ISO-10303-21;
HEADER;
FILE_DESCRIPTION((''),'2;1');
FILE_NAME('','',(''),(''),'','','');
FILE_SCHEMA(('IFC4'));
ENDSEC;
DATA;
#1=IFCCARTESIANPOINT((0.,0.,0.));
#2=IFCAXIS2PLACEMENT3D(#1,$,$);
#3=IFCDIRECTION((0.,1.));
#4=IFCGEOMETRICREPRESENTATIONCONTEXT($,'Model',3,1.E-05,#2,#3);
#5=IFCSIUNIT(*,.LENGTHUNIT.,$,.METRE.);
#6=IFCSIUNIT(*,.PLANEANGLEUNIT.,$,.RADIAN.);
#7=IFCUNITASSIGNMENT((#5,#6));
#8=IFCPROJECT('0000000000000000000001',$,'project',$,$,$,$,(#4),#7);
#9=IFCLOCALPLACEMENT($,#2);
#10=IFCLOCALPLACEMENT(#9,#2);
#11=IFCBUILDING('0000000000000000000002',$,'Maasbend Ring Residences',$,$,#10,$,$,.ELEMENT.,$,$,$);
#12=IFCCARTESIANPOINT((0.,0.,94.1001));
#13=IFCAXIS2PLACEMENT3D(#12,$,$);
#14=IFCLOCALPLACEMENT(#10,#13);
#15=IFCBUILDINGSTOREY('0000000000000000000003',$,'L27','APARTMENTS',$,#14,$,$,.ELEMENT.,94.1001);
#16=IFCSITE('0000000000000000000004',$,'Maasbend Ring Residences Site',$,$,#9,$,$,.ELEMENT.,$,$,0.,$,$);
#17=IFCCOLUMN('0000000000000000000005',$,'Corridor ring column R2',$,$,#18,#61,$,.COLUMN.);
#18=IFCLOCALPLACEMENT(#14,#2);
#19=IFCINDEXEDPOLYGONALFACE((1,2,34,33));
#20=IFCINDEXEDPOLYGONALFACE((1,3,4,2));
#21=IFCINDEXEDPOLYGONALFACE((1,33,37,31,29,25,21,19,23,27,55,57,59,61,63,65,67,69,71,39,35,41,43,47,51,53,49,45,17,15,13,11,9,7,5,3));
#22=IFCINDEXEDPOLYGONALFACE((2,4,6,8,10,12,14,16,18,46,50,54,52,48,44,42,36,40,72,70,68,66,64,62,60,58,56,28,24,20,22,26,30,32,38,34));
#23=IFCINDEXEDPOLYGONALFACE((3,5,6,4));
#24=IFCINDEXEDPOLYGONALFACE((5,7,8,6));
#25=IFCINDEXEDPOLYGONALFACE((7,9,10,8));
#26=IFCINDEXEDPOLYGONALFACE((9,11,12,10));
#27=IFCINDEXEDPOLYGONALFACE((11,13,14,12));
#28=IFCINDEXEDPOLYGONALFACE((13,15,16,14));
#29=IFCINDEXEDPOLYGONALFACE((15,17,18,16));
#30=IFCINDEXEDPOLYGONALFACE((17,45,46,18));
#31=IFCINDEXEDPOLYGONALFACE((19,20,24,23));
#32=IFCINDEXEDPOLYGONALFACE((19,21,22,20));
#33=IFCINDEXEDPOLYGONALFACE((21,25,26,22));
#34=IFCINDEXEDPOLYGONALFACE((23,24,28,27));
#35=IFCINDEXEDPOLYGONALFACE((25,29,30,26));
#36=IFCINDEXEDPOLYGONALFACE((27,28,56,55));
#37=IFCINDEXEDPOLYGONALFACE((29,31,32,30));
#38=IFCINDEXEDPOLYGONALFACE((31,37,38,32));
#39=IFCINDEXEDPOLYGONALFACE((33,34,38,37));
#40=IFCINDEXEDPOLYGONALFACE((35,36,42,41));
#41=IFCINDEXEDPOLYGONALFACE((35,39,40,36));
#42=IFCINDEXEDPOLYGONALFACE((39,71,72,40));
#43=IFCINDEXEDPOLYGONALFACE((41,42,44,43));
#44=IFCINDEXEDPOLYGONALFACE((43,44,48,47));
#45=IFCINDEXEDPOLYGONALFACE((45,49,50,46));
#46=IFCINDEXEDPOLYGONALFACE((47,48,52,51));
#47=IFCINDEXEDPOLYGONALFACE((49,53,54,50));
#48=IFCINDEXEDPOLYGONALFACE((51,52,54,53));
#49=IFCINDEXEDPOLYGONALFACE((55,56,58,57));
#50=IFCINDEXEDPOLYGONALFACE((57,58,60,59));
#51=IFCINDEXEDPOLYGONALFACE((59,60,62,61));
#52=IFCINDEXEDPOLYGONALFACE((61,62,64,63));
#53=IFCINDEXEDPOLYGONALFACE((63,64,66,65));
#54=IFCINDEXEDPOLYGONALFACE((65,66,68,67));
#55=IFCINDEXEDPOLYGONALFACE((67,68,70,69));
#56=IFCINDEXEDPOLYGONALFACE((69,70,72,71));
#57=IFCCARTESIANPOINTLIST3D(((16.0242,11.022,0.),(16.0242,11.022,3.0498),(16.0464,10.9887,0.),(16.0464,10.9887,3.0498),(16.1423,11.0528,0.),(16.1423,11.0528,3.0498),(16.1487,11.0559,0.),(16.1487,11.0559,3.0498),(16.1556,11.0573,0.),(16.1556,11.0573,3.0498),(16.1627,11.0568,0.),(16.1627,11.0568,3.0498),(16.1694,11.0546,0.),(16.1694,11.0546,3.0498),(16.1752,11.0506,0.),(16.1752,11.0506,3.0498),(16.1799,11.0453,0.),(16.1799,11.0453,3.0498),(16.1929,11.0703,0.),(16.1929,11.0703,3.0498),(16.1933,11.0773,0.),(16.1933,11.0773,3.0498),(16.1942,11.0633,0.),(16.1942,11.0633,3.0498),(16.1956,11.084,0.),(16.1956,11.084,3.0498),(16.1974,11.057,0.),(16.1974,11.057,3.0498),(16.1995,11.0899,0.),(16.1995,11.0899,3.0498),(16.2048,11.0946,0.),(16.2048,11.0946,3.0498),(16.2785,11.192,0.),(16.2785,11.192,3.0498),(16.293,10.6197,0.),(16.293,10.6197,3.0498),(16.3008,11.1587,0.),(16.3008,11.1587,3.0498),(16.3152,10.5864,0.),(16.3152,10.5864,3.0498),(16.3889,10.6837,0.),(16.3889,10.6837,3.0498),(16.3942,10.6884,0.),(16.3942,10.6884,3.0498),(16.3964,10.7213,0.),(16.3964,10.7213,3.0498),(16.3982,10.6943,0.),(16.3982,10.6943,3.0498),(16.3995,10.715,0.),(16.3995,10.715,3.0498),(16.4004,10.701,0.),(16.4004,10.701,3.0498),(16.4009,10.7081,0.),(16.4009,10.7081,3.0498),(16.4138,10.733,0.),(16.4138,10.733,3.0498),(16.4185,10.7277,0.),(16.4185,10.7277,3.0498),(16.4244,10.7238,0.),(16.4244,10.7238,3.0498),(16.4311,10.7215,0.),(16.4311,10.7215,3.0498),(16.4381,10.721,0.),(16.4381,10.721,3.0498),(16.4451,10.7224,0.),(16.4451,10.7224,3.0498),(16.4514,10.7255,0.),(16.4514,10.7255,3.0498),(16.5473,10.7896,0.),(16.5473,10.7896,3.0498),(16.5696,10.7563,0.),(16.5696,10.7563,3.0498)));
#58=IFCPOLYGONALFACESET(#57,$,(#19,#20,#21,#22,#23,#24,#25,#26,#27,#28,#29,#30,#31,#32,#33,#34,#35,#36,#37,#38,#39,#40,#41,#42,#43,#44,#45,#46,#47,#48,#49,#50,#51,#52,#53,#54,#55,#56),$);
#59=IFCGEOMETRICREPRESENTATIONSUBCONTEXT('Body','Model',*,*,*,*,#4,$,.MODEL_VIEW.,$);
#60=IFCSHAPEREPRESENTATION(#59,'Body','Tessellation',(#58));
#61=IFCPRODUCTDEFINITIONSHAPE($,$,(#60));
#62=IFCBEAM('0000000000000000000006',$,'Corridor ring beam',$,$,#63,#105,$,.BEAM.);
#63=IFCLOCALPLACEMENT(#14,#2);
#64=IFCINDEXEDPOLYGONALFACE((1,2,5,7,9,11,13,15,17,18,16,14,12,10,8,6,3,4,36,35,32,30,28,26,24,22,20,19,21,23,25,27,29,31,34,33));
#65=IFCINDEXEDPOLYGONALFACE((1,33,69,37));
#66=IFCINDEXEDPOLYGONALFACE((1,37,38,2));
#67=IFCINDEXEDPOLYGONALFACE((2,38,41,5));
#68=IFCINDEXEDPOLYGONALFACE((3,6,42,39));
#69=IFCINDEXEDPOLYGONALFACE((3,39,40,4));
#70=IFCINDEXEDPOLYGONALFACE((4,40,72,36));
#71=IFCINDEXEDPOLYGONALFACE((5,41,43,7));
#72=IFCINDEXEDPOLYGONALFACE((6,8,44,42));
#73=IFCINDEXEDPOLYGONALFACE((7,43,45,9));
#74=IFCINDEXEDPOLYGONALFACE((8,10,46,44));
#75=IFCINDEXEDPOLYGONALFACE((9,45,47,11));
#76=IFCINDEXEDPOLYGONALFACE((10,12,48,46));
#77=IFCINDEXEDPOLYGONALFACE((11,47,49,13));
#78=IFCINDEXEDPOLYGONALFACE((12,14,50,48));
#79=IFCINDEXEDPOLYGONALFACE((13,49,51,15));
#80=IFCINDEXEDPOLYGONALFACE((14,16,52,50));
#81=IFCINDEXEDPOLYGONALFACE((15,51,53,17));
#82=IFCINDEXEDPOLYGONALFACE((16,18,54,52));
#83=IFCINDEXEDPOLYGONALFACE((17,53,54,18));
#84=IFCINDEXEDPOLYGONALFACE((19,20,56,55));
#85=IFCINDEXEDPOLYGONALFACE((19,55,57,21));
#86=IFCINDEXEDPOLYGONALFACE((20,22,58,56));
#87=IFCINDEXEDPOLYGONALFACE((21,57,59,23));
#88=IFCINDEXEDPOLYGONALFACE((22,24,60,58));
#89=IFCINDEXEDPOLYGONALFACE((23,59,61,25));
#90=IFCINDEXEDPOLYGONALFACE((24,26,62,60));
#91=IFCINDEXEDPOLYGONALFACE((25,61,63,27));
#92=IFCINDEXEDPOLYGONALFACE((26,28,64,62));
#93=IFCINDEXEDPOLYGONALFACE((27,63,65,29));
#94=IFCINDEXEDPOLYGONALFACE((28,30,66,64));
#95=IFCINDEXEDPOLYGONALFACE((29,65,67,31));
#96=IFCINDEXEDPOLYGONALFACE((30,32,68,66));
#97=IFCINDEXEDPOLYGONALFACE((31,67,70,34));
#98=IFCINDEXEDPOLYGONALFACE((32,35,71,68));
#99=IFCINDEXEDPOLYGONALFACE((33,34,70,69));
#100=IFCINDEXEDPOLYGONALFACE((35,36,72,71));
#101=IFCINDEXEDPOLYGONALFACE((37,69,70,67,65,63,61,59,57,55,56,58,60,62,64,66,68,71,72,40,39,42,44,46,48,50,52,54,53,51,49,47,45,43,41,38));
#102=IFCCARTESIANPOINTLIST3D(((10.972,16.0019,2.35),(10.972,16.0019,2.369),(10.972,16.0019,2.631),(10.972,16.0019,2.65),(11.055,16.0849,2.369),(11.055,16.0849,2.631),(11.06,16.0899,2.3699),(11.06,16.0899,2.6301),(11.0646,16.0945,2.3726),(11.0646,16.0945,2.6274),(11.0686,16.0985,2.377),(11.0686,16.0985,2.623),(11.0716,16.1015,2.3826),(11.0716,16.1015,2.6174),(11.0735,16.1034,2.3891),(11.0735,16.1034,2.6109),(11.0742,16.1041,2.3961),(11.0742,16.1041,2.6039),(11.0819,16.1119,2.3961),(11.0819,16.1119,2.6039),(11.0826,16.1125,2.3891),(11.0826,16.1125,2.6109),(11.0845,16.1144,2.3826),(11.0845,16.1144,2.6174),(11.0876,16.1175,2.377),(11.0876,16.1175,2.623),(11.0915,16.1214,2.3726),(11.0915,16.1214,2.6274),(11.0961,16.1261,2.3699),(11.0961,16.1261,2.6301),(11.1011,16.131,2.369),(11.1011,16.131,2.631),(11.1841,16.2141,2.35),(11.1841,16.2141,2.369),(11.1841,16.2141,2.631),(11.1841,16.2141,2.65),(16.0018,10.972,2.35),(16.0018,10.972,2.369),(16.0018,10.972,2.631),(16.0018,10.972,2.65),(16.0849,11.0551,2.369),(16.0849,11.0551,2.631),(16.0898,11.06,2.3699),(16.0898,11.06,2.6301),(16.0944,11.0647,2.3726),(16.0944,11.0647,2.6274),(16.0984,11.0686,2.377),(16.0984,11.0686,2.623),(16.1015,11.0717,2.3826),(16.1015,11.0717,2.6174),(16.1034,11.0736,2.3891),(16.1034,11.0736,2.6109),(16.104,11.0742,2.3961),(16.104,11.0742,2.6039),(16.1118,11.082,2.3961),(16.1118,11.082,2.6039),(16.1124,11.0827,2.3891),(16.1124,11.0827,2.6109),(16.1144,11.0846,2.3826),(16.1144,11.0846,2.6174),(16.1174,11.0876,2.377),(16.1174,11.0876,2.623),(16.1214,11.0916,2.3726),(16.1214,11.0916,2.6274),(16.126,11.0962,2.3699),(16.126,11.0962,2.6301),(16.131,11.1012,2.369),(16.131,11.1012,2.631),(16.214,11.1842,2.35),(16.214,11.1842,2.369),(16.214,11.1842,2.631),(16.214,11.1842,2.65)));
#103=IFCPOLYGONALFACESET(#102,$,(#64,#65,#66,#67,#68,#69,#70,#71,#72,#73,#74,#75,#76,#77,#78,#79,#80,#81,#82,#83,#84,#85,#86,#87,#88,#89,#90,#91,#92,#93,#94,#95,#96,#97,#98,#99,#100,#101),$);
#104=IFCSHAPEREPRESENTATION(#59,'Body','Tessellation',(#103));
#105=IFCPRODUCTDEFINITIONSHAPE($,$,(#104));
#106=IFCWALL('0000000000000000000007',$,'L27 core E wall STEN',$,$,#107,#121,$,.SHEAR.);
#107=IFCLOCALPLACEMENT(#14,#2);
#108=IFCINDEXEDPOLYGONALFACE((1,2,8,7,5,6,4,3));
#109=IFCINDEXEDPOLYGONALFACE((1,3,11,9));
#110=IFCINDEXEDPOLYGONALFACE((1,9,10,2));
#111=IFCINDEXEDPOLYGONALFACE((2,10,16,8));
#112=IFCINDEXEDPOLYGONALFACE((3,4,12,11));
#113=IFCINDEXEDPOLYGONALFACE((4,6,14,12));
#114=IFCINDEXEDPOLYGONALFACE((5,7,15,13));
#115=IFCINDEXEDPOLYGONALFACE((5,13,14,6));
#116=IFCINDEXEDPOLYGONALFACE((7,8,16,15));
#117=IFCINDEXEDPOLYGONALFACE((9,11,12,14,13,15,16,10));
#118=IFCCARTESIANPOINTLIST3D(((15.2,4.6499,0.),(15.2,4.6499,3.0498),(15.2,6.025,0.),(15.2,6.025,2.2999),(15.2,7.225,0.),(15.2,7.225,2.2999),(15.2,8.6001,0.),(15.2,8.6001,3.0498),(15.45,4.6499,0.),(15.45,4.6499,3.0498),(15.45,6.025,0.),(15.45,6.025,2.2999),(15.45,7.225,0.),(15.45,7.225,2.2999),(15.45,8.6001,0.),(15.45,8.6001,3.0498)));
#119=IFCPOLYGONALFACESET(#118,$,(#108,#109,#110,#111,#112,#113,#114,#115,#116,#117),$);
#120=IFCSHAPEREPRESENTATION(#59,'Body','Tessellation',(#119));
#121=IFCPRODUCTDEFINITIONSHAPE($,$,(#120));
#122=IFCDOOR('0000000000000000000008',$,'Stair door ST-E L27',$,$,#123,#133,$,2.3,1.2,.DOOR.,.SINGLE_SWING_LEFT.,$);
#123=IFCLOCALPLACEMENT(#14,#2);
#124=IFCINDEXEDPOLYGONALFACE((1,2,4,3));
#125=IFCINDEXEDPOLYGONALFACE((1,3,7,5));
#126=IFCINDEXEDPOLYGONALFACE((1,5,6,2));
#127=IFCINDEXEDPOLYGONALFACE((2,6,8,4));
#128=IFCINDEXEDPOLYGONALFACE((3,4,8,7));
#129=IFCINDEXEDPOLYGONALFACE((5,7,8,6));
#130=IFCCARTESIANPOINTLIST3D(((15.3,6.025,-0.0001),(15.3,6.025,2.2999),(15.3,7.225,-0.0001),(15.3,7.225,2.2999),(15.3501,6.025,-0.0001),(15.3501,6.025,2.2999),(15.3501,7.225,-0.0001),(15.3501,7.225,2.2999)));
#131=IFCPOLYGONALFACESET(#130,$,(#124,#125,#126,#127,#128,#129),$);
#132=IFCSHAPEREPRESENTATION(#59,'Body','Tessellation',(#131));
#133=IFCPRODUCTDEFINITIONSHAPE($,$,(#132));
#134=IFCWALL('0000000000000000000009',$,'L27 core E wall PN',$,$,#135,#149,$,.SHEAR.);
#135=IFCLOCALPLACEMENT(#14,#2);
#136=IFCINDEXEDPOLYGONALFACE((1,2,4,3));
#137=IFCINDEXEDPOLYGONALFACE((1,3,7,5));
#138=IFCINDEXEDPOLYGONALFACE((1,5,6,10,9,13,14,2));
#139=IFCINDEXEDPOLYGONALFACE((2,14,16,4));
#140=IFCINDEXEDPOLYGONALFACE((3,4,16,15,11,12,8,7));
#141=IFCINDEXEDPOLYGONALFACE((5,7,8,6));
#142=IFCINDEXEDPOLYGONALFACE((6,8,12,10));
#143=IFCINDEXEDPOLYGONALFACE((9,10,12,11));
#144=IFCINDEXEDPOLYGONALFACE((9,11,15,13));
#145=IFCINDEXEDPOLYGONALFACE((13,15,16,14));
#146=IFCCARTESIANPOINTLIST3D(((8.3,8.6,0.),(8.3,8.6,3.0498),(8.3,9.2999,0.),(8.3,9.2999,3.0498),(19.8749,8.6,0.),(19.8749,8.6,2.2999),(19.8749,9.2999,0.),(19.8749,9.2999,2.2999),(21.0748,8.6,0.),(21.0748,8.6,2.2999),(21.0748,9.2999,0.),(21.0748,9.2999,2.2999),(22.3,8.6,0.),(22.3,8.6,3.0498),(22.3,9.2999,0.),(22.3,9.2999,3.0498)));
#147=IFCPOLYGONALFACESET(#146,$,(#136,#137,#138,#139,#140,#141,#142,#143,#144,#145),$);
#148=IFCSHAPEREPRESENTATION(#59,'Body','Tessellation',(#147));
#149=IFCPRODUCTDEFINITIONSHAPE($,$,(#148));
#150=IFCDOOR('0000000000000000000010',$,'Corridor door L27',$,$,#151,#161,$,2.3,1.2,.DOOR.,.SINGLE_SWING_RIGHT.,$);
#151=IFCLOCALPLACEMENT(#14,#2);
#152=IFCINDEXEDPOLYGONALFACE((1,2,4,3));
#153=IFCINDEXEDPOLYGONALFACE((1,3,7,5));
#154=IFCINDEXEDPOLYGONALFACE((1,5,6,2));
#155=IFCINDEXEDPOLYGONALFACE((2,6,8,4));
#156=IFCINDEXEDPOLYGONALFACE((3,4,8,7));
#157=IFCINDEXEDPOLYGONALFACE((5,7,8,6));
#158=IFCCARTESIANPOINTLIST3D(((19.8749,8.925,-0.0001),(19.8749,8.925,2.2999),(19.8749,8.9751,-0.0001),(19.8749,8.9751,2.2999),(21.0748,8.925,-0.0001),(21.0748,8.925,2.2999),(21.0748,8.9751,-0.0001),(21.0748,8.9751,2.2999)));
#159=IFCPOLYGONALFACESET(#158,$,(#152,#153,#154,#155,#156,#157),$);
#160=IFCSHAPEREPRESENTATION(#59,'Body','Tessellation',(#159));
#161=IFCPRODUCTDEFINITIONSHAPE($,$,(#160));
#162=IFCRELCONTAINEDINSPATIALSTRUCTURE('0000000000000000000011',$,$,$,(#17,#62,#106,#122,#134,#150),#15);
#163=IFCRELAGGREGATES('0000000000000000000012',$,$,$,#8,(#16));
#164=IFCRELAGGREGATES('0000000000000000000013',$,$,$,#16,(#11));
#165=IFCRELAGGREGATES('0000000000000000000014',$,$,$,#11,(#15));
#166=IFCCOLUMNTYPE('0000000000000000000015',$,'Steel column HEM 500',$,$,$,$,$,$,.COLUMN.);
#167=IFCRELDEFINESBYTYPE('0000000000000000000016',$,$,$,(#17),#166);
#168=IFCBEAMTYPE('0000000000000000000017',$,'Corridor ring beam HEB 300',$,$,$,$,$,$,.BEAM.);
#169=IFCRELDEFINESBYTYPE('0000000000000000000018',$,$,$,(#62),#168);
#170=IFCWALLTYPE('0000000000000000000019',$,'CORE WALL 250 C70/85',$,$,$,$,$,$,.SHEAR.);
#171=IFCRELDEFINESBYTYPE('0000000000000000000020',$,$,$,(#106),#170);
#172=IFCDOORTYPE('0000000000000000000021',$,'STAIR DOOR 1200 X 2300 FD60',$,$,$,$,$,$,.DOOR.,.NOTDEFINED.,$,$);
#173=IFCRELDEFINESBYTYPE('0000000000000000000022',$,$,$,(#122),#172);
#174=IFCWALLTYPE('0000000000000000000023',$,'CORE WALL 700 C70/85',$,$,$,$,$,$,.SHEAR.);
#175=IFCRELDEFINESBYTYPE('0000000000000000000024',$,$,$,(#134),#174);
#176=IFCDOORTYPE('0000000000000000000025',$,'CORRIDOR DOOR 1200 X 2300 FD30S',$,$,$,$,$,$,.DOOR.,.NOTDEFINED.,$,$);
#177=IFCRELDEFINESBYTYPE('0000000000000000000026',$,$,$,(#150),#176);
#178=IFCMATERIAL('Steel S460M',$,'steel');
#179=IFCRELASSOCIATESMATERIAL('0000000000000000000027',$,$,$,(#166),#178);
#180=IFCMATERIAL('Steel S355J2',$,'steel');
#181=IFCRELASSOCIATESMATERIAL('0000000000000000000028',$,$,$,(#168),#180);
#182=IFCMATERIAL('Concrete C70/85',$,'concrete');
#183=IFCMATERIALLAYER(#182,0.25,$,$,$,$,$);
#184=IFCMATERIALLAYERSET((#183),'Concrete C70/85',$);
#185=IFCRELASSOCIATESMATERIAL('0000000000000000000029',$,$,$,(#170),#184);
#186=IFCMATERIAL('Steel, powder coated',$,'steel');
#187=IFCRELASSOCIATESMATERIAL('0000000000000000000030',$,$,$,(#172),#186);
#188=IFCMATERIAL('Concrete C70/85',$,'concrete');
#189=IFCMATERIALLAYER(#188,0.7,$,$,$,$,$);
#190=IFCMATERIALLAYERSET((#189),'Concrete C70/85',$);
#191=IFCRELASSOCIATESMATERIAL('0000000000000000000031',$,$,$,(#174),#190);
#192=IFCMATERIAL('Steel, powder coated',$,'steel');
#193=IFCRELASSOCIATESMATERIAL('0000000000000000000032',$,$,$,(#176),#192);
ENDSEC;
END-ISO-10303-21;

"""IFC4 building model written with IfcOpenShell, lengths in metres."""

from ifc_helpers import new_model, si_unit, direction, frame, frame_2d, origin, origin_2d, place, context, subcontext, project, spatial, rectangle, i_section, extrude, material, layer, layer_set, material_profile, profile_set, type_object, element, fill, save


model = new_model("IFC4")

# Units and contexts
model_context = context("Model", 3, precision=1e-05, world=origin(), true_north=direction((0.0, 1.0)))
body_context = subcontext(model_context, "Body", "Model", "MODEL_VIEW")
ifc_project = project(units=[si_unit("LENGTHUNIT", "METRE"), si_unit("PLANEANGLEUNIT", "RADIAN")], contexts=[model_context])

# Site, building, storey
site_placement = place(None, origin())
site = spatial("IfcSite", under=ifc_project, at=site_placement, Name="Maasbend Ring Residences Site", CompositionType="ELEMENT", RefElevation=0.0)
building_placement = place(site_placement, origin())
building = spatial("IfcBuilding", under=site, at=building_placement, Name="Maasbend Ring Residences", CompositionType="ELEMENT")
storey_placement = place(building_placement, frame((0.0, 0.0, 94.1001)))
storey = spatial("IfcBuildingStorey", under=building, at=storey_placement, Name="L27", Description="APARTMENTS", CompositionType="ELEMENT", Elevation=94.1001)

# Column
ifc_material_1 = material(Name="Steel S460M", Category="steel")
ifc_material_profile_1 = material_profile(ifc_material_1, i_section(OverallWidth=0.3059, OverallDepth=0.5239, WebThickness=0.021, FlangeThickness=0.04, FilletRadius=0.0271, at=origin_2d()), Name="HEM 500")
ifc_profile_set_1 = profile_set([ifc_material_profile_1], Name="Steel S460M")
column_type = type_object("IfcColumnType", Name="Steel column HEM 500", PredefinedType="COLUMN", material=ifc_profile_set_1)
column_placement = place(storey_placement, frame((16.2969, 10.8892, 0.0), z_axis=(0.0, 0.0, 1.0), x_axis=(0.83147, 0.55557, 0.0)))
element("IfcColumn", 1, at=column_placement, inside=storey, type_object=column_type, Name="Corridor ring column R2", PredefinedType="COLUMN", context=body_context, shape_type="SweptSolid", body=[
    extrude(i_section(OverallWidth=0.3059, OverallDepth=0.5239, WebThickness=0.021, FlangeThickness=0.04, FilletRadius=0.0271, at=origin_2d()), origin(), (0.0, 0.0, 1.0), 3.0498),
])

# Beam
ifc_material_2 = material(Name="Steel S355J2", Category="steel")
ifc_material_profile_2 = material_profile(ifc_material_2, i_section(OverallWidth=0.3, OverallDepth=0.3, WebThickness=0.011, FlangeThickness=0.019, FilletRadius=0.0271, at=origin_2d()), Name="HEB 300")
ifc_profile_set_2 = profile_set([ifc_material_profile_2], Name="Steel S355J2")
beam_type = type_object("IfcBeamType", Name="Corridor ring beam HEB 300", PredefinedType="BEAM", material=ifc_profile_set_2)
beam_placement = place(storey_placement, frame((16.1079, 11.0781, 2.5), z_axis=(-0.707107, 0.707107, 0.0), x_axis=(-0.707107, -0.707107, 0.0)))
element("IfcBeam", 2, at=beam_placement, inside=storey, type_object=beam_type, Name="Corridor ring beam", PredefinedType="BEAM", context=body_context, shape_type="SweptSolid", body=[
    extrude(i_section(OverallWidth=0.3, OverallDepth=0.3, WebThickness=0.011, FlangeThickness=0.019, FilletRadius=0.0271, at=origin_2d()), origin(), (0.0, 0.0, 1.0), 7.1133),
])

# Walls, openings, doors
ifc_material_3 = material(Name="Concrete C70/85", Category="concrete")
ifc_layer_1 = layer(ifc_material_3, 0.25)
ifc_layer_set_1 = layer_set([ifc_layer_1], Name="Concrete C70/85")
wall_type_1 = type_object("IfcWallType", Name="CORE WALL 250 C70/85", PredefinedType="SHEAR", material=ifc_layer_set_1)
wall_1_placement = place(storey_placement, frame((15.325, 4.6499, 0.0), z_axis=(0.0, 0.0, 1.0), x_axis=(0.0, 1.0, 0.0)))
wall_1 = element("IfcWall", 3, at=wall_1_placement, inside=storey, type_object=wall_type_1, Name="L27 core E wall STEN", PredefinedType="SHEAR", context=body_context, shape_type="SweptSolid", body=[
    extrude(rectangle(XDim=3.9502, YDim=0.25, at=frame_2d((1.9751, 0.0))), origin(), (0.0, 0.0, 1.0), 3.0498),
])
opening_1_placement = place(wall_1_placement, frame((1.375, 0.0, 0.0)))
opening_1 = element("IfcOpeningElement", 4, at=opening_1_placement, cuts=wall_1, PredefinedType="OPENING", context=body_context, shape_type="SweptSolid", body=[
    extrude(rectangle(XDim=1.2, YDim=2.3, at=frame_2d((0.6001, 1.1499))), frame((0.0, 0.135, 0.0), z_axis=(0.0, -1.0, 0.0), x_axis=(1.0, 0.0, 0.0)), (0.0, 0.0, 1.0), 0.27),
])
ifc_material_4 = material(Name="Steel, powder coated", Category="steel")
door_type_1 = type_object("IfcDoorType", Name="STAIR DOOR 1200 X 2300 FD60", OperationType="NOTDEFINED", PredefinedType="DOOR", material=ifc_material_4)
door_1_placement = place(opening_1_placement, origin())
door_1 = element("IfcDoor", 5, at=door_1_placement, inside=storey, type_object=door_type_1, Name="Stair door ST-E L27", OperationType="SINGLE_SWING_LEFT", OverallHeight=2.3, OverallWidth=1.2, PredefinedType="DOOR", context=body_context, shape_type="SweptSolid", body=[
    extrude(rectangle(XDim=1.2, YDim=2.3, at=frame_2d((0.6001, 1.1499))), frame((0.0, 0.0249, 0.0), z_axis=(0.0, -1.0, 0.0), x_axis=(1.0, 0.0, 0.0)), (0.0, 0.0, 1.0), 0.05),
])
fill(opening_1, door_1)
ifc_material_5 = material(Name="Concrete C70/85", Category="concrete")
ifc_layer_2 = layer(ifc_material_5, 0.7)
ifc_layer_set_2 = layer_set([ifc_layer_2], Name="Concrete C70/85")
wall_type_2 = type_object("IfcWallType", Name="CORE WALL 700 C70/85", PredefinedType="SHEAR", material=ifc_layer_set_2)
wall_2_placement = place(storey_placement, frame((22.3, 8.95, 0.0), z_axis=(0.0, 0.0, 1.0), x_axis=(-1.0, 0.0, 0.0)))
wall_2 = element("IfcWall", 6, at=wall_2_placement, inside=storey, type_object=wall_type_2, Name="L27 core E wall PN", PredefinedType="SHEAR", context=body_context, shape_type="SweptSolid", body=[
    extrude(rectangle(XDim=14.0, YDim=0.7, at=frame_2d((7.0, 0.0))), origin(), (0.0, 0.0, 1.0), 3.0498),
])
opening_2_placement = place(wall_2_placement, frame((1.2251, 0.0, 0.0)))
opening_2 = element("IfcOpeningElement", 7, at=opening_2_placement, cuts=wall_2, PredefinedType="OPENING", context=body_context, shape_type="SweptSolid", body=[
    extrude(rectangle(XDim=1.2, YDim=2.3, at=frame_2d((0.6001, 1.1499))), frame((0.0, 0.3599, 0.0), z_axis=(0.0, -1.0, 0.0), x_axis=(1.0, 0.0, 0.0)), (0.0, 0.0, 1.0), 0.72),
])
ifc_material_6 = material(Name="Steel, powder coated", Category="steel")
door_type_2 = type_object("IfcDoorType", Name="CORRIDOR DOOR 1200 X 2300 FD30S", OperationType="NOTDEFINED", PredefinedType="DOOR", material=ifc_material_6)
door_2_placement = place(opening_2_placement, origin())
door_2 = element("IfcDoor", 8, at=door_2_placement, inside=storey, type_object=door_type_2, Name="Corridor door L27", OperationType="SINGLE_SWING_RIGHT", OverallHeight=2.3, OverallWidth=1.2, PredefinedType="DOOR", context=body_context, shape_type="SweptSolid", body=[
    extrude(rectangle(XDim=1.2, YDim=2.3, at=frame_2d((0.6001, 1.1499))), frame((0.0, 0.0249, 0.0), z_axis=(0.0, -1.0, 0.0), x_axis=(1.0, 0.0, 0.0)), (0.0, 0.0, 1.0), 0.05),
])
fill(opening_2, door_2)

save(model, "model.ifc")
